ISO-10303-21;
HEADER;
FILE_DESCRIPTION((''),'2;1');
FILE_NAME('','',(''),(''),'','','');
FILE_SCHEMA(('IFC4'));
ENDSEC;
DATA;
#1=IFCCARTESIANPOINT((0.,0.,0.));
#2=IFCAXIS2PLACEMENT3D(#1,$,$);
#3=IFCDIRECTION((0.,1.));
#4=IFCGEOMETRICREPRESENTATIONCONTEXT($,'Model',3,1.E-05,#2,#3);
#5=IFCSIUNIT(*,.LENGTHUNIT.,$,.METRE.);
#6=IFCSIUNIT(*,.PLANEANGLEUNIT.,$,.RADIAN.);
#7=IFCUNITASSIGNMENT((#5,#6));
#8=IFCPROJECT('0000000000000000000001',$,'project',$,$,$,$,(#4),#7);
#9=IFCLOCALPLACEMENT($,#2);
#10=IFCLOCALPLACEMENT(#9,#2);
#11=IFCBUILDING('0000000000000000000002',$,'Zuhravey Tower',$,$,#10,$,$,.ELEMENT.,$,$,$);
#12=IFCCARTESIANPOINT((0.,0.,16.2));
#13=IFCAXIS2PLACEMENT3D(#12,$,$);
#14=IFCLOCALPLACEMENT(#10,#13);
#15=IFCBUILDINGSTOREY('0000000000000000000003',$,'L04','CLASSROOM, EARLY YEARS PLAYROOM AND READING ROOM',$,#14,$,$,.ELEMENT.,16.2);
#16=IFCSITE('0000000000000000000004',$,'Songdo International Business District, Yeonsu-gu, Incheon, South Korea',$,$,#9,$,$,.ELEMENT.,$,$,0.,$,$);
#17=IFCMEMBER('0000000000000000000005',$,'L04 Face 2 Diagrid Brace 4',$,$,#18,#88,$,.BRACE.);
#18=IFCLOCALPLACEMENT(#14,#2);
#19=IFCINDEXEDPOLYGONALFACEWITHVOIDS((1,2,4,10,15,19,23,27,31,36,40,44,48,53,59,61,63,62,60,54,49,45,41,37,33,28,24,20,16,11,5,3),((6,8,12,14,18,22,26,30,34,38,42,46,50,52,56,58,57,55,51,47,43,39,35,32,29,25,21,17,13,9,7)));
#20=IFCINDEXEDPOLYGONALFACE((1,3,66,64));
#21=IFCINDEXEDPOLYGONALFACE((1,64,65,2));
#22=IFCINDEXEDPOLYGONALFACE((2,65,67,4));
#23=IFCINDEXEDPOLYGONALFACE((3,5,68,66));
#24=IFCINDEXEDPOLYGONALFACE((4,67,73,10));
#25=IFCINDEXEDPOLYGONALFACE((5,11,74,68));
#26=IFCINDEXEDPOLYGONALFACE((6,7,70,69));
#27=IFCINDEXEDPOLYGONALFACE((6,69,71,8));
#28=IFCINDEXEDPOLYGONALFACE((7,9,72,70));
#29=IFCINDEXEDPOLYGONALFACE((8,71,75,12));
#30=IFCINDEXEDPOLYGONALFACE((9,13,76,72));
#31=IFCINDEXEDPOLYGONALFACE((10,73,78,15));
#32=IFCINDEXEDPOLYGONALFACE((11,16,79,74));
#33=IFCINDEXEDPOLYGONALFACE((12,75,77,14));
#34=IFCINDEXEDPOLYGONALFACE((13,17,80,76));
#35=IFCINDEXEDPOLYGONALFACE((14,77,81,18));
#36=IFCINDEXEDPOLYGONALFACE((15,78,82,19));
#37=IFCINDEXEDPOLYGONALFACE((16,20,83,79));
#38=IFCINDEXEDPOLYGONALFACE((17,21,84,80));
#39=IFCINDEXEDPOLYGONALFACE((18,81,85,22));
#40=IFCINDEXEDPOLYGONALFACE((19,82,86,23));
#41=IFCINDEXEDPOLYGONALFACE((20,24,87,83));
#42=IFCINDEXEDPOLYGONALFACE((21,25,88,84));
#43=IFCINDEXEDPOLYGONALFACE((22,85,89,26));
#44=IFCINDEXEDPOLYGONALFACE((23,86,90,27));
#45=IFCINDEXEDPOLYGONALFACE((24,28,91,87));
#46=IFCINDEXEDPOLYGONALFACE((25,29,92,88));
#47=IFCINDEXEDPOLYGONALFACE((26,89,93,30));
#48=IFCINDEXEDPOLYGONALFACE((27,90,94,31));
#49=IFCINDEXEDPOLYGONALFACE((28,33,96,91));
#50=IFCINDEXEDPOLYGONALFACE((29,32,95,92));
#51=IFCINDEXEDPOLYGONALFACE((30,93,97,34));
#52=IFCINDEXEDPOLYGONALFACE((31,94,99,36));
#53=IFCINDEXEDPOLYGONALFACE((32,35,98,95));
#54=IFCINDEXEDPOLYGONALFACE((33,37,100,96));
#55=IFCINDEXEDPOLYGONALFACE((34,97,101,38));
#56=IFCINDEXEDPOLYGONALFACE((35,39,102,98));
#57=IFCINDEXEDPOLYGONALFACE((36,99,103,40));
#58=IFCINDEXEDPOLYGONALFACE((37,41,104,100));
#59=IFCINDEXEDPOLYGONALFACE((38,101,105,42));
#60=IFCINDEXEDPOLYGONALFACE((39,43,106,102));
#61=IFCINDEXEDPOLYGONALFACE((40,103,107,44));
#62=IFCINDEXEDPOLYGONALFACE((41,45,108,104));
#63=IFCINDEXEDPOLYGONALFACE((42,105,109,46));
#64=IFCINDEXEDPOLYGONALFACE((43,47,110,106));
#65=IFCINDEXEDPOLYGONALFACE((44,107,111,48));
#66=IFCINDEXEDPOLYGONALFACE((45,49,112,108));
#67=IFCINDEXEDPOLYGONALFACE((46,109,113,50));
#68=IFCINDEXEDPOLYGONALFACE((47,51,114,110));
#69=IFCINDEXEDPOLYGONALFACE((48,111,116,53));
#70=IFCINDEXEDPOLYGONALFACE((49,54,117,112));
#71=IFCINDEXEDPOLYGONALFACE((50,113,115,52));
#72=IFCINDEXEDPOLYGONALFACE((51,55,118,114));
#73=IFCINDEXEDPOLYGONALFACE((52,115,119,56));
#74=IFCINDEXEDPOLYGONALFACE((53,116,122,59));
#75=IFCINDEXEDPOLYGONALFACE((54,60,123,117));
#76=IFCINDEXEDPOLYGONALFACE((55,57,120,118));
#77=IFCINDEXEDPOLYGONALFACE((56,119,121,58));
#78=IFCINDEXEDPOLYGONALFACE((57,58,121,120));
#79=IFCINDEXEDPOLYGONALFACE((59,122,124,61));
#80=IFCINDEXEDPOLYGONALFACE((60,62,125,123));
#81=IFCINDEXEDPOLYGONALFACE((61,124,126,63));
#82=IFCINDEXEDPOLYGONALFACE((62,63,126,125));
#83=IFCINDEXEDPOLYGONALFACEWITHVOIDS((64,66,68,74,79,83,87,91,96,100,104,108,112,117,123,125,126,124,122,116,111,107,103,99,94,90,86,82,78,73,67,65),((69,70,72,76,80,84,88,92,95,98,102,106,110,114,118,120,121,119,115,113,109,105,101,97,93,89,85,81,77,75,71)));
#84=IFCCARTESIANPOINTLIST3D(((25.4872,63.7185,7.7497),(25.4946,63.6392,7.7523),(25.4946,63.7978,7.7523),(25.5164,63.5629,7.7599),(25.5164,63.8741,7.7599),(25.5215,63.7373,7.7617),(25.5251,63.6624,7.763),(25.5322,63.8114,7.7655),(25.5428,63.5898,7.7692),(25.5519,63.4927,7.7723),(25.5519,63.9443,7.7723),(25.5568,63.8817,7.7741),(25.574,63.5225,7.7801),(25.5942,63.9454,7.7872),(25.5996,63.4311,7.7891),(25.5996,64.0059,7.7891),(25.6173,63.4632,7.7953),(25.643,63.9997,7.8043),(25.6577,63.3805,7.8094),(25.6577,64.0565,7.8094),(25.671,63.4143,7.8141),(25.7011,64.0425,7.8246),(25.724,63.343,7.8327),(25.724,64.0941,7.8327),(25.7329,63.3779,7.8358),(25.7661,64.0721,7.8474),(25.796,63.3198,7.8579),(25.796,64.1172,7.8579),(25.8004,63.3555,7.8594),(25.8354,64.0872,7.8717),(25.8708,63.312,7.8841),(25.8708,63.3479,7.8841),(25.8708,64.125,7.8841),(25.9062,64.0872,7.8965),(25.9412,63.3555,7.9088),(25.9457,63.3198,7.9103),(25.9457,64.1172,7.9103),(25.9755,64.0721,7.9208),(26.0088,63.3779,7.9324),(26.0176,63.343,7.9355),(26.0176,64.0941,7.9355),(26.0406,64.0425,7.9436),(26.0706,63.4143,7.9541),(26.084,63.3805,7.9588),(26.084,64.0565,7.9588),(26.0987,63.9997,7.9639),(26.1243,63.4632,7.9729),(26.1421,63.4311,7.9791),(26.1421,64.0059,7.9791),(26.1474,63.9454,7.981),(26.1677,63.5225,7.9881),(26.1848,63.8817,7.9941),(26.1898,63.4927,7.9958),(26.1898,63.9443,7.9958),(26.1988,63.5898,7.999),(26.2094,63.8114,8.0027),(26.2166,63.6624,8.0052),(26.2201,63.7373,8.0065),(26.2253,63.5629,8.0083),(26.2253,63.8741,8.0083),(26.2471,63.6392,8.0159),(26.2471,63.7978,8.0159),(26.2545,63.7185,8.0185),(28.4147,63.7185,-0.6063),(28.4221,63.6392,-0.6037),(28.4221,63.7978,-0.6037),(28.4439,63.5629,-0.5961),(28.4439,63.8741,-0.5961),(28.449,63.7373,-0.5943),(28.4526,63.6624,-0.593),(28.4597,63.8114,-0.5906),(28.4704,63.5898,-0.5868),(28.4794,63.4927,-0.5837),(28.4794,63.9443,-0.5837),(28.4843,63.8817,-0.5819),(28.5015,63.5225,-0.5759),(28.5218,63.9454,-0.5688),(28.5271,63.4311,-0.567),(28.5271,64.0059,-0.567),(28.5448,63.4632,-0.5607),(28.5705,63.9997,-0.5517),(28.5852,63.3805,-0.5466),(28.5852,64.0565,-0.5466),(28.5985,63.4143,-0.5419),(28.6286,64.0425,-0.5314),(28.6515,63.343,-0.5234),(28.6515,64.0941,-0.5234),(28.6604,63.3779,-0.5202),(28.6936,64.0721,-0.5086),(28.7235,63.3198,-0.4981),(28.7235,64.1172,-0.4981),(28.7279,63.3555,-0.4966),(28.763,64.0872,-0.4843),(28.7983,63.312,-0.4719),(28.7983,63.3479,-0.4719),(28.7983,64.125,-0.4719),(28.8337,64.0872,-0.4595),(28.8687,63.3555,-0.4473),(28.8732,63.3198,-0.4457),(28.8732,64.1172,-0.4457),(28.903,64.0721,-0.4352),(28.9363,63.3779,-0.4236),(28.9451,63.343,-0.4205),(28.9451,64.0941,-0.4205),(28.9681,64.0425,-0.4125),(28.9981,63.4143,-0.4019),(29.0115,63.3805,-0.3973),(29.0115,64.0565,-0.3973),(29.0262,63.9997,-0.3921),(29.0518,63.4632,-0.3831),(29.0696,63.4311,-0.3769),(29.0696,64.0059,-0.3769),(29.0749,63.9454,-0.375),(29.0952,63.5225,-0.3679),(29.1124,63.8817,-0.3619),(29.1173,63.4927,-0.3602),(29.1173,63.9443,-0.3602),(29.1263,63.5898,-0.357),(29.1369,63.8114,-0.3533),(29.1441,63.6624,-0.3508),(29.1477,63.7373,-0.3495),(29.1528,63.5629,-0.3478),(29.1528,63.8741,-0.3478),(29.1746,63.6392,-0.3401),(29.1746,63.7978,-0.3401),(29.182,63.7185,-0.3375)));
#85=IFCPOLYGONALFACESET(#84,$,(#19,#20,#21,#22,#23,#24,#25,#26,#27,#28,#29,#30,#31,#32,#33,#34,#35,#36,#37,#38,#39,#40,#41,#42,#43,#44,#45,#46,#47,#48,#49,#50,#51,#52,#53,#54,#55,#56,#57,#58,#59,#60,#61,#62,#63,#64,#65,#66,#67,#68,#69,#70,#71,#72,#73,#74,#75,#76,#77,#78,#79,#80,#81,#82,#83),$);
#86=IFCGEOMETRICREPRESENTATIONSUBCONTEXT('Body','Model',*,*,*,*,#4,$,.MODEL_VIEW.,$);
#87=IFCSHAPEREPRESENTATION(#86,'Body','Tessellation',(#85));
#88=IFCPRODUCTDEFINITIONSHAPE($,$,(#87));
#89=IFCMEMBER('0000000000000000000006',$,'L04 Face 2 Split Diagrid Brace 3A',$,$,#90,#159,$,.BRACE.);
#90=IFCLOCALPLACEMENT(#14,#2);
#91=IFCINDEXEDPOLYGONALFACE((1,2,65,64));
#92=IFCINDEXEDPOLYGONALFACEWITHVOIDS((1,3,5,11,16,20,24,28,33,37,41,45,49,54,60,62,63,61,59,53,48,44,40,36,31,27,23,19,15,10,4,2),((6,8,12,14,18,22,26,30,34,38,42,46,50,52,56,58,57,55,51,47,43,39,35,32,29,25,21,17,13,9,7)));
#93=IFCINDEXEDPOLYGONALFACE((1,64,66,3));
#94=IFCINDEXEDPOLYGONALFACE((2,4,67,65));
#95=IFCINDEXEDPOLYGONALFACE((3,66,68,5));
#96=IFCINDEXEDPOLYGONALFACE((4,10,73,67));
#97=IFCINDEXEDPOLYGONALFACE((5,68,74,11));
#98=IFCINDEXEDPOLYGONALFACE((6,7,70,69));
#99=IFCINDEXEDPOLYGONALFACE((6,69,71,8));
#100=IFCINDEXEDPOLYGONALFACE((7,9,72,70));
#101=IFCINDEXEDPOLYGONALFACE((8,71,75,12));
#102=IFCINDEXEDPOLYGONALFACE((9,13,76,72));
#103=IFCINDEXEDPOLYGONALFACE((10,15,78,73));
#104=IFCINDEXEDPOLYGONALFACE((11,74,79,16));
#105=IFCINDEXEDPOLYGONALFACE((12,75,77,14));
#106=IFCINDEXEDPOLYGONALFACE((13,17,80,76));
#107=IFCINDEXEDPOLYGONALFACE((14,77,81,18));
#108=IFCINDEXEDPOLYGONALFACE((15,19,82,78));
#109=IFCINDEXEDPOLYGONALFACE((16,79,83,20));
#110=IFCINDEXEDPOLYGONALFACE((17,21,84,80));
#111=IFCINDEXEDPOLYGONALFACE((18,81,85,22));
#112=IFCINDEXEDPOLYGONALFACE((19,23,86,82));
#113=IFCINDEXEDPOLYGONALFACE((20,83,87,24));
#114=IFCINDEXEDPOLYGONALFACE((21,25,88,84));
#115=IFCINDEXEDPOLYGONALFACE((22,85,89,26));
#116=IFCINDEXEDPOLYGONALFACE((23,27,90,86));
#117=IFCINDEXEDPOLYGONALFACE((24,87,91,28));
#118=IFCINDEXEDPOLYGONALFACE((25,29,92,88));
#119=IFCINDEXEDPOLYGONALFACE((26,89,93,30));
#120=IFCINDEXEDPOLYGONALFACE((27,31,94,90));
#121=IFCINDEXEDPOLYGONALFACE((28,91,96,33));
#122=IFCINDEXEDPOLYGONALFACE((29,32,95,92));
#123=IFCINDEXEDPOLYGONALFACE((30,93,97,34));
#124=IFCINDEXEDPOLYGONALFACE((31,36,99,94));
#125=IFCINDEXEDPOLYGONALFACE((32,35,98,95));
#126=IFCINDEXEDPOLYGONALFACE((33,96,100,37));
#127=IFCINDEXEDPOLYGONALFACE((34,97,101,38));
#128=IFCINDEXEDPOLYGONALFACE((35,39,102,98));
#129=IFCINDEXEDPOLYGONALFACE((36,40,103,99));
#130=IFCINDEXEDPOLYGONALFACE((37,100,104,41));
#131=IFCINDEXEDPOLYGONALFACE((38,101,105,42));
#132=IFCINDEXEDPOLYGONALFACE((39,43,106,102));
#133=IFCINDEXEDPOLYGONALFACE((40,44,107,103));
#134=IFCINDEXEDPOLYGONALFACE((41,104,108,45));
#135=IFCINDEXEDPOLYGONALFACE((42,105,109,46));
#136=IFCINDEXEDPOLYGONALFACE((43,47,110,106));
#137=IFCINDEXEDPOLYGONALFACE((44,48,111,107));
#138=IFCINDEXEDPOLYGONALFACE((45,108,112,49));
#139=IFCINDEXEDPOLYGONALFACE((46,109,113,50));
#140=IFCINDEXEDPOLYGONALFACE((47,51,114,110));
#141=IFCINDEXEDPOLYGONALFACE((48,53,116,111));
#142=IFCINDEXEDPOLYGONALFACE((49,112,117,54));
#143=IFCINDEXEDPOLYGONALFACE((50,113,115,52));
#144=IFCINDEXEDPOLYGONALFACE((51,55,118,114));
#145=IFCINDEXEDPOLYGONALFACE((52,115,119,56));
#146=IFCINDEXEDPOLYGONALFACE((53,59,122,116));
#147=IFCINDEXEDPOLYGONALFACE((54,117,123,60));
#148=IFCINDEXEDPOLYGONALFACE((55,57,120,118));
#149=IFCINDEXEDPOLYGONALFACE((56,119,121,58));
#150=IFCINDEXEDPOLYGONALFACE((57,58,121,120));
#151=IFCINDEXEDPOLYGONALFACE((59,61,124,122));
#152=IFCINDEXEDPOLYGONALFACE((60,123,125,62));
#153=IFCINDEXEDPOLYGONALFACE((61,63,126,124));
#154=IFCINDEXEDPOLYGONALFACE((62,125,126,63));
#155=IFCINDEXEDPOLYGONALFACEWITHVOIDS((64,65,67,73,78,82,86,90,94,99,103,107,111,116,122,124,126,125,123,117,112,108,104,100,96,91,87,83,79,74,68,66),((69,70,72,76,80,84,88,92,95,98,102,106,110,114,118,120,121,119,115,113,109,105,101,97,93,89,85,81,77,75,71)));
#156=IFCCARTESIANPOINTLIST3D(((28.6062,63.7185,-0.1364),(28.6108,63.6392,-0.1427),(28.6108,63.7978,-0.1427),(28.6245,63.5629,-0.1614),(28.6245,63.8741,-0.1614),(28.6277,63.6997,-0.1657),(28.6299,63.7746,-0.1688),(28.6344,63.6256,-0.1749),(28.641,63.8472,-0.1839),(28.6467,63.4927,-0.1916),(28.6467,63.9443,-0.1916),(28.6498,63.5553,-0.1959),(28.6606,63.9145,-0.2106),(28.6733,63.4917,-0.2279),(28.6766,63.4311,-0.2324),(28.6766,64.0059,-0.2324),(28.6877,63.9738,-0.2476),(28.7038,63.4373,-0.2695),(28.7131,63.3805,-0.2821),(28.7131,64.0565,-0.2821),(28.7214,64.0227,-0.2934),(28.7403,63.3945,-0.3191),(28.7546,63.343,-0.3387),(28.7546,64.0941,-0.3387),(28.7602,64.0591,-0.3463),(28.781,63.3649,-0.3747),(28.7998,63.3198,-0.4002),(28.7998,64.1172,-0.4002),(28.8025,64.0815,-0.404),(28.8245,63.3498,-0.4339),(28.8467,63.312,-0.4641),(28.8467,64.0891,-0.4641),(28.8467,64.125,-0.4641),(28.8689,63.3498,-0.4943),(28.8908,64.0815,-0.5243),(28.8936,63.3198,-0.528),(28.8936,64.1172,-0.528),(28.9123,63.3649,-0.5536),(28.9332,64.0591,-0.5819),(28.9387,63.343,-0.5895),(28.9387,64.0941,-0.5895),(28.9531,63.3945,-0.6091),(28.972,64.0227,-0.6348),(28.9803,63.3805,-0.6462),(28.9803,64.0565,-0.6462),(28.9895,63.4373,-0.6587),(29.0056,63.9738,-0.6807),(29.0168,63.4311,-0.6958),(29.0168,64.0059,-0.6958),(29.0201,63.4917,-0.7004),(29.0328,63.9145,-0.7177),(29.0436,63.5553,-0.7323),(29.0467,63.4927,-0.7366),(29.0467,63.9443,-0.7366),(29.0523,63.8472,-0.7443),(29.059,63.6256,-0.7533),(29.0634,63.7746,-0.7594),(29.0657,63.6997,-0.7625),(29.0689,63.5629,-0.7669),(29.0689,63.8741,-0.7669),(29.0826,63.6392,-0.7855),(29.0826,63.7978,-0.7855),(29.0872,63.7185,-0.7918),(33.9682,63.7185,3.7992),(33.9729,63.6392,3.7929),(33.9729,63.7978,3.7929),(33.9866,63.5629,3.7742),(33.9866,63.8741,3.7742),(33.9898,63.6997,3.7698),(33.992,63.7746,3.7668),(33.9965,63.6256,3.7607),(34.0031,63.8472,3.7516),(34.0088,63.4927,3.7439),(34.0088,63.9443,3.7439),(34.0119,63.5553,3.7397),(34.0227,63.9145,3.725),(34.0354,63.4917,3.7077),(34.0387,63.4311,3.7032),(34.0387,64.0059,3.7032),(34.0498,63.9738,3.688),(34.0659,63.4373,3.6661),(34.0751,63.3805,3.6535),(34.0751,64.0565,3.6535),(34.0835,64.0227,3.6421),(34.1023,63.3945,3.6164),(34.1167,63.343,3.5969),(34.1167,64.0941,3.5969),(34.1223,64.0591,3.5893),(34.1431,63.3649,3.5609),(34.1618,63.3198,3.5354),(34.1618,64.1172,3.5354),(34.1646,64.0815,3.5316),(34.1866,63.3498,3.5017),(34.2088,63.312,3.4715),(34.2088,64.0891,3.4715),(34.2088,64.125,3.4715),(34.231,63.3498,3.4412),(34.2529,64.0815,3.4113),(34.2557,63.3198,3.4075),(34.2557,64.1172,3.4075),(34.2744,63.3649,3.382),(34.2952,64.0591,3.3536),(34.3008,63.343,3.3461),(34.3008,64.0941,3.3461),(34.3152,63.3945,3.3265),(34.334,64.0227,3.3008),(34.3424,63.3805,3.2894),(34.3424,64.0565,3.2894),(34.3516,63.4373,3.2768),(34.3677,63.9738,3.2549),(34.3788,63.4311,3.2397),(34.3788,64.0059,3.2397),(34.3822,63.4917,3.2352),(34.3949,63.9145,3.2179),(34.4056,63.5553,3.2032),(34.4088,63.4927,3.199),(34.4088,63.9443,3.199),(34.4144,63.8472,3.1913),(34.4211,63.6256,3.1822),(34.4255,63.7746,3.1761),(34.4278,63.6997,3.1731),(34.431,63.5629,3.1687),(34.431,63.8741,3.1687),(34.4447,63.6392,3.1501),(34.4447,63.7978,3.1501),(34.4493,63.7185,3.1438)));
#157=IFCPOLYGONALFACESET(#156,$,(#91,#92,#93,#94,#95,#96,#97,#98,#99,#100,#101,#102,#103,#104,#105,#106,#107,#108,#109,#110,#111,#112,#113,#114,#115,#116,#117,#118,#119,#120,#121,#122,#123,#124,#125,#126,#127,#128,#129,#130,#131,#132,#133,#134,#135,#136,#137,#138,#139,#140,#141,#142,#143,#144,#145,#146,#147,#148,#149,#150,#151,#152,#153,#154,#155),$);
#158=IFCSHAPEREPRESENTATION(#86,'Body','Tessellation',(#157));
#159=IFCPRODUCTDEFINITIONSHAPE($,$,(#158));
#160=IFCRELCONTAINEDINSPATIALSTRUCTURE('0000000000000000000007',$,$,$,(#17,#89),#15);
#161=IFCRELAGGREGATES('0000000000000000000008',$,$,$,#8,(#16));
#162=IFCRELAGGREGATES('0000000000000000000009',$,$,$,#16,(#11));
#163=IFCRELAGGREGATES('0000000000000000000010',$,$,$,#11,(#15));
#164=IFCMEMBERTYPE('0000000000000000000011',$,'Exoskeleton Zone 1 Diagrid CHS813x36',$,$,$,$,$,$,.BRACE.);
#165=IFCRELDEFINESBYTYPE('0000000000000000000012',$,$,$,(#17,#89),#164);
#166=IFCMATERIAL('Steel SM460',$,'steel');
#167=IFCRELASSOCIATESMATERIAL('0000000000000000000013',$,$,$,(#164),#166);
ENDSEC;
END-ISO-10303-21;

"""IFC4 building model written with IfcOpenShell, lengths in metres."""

from ifc_helpers import new_model, si_unit, direction, frame, origin, origin_2d, place, context, subcontext, project, spatial, hollow_circle, extrude, material, material_profile, profile_set, type_object, element, save


model = new_model("IFC4")

# Units and contexts
model_context = context("Model", 3, precision=1e-05, world=origin(), true_north=direction((0.0, 1.0)))
body_context = subcontext(model_context, "Body", "Model", "MODEL_VIEW")
ifc_project = project(units=[si_unit("LENGTHUNIT", "METRE"), si_unit("PLANEANGLEUNIT", "RADIAN")], contexts=[model_context])

# Site, building, storey
site_placement = place(None, origin())
site = spatial("IfcSite", under=ifc_project, at=site_placement, Name="Songdo International Business District, Yeonsu-gu, Incheon, South Korea", CompositionType="ELEMENT", RefElevation=0.0)
building_placement = place(site_placement, origin())
building = spatial("IfcBuilding", under=site, at=building_placement, Name="Zuhravey Tower", CompositionType="ELEMENT")
storey_placement = place(building_placement, frame((0.0, 0.0, 16.2)))
storey = spatial("IfcBuildingStorey", under=building, at=storey_placement, Name="L04", Description="CLASSROOM, EARLY YEARS PLAYROOM AND READING ROOM", CompositionType="ELEMENT", Elevation=16.2)

# Members
ifc_material_1 = material(Name="Steel SM460", Category="steel")
ifc_material_profile_1 = material_profile(ifc_material_1, hollow_circle(Radius=0.4065, WallThickness=0.0359, at=origin_2d()), Name="CHS-812.8x36")
ifc_profile_set_1 = profile_set([ifc_material_profile_1], Name="Steel SM460")
member_type_1 = type_object("IfcMemberType", Name="Exoskeleton Zone 1 Diagrid CHS813x36", PredefinedType="BRACE", material=ifc_profile_set_1)
member_1_placement = place(storey_placement, frame((28.7983, 63.7185, -0.4719), z_axis=(-0.330643, 0.0, 0.943756), x_axis=(0.0, -1.0, 0.0)))
element("IfcMember", 1, at=member_1_placement, inside=storey, type_object=member_type_1, Name="L04 Face 2 Diagrid Brace 4", PredefinedType="BRACE", context=body_context, shape_type="SweptSolid", body=[
    extrude(hollow_circle(Radius=0.4065, WallThickness=0.0359, at=origin_2d()), origin(), (0.0, 0.0, 1.0), 8.854),
])
member_2_placement = place(storey_placement, frame((28.8467, 63.7185, -0.4641), z_axis=(0.806163, 0.0, 0.591693), x_axis=(0.0, 1.0, 0.0)))
element("IfcMember", 2, at=member_2_placement, inside=storey, type_object=member_type_1, Name="L04 Face 2 Split Diagrid Brace 3A", PredefinedType="BRACE", context=body_context, shape_type="SweptSolid", body=[
    extrude(hollow_circle(Radius=0.4065, WallThickness=0.0359, at=origin_2d()), origin(), (0.0, 0.0, 1.0), 6.6514),
])

save(model, "model.ifc")
